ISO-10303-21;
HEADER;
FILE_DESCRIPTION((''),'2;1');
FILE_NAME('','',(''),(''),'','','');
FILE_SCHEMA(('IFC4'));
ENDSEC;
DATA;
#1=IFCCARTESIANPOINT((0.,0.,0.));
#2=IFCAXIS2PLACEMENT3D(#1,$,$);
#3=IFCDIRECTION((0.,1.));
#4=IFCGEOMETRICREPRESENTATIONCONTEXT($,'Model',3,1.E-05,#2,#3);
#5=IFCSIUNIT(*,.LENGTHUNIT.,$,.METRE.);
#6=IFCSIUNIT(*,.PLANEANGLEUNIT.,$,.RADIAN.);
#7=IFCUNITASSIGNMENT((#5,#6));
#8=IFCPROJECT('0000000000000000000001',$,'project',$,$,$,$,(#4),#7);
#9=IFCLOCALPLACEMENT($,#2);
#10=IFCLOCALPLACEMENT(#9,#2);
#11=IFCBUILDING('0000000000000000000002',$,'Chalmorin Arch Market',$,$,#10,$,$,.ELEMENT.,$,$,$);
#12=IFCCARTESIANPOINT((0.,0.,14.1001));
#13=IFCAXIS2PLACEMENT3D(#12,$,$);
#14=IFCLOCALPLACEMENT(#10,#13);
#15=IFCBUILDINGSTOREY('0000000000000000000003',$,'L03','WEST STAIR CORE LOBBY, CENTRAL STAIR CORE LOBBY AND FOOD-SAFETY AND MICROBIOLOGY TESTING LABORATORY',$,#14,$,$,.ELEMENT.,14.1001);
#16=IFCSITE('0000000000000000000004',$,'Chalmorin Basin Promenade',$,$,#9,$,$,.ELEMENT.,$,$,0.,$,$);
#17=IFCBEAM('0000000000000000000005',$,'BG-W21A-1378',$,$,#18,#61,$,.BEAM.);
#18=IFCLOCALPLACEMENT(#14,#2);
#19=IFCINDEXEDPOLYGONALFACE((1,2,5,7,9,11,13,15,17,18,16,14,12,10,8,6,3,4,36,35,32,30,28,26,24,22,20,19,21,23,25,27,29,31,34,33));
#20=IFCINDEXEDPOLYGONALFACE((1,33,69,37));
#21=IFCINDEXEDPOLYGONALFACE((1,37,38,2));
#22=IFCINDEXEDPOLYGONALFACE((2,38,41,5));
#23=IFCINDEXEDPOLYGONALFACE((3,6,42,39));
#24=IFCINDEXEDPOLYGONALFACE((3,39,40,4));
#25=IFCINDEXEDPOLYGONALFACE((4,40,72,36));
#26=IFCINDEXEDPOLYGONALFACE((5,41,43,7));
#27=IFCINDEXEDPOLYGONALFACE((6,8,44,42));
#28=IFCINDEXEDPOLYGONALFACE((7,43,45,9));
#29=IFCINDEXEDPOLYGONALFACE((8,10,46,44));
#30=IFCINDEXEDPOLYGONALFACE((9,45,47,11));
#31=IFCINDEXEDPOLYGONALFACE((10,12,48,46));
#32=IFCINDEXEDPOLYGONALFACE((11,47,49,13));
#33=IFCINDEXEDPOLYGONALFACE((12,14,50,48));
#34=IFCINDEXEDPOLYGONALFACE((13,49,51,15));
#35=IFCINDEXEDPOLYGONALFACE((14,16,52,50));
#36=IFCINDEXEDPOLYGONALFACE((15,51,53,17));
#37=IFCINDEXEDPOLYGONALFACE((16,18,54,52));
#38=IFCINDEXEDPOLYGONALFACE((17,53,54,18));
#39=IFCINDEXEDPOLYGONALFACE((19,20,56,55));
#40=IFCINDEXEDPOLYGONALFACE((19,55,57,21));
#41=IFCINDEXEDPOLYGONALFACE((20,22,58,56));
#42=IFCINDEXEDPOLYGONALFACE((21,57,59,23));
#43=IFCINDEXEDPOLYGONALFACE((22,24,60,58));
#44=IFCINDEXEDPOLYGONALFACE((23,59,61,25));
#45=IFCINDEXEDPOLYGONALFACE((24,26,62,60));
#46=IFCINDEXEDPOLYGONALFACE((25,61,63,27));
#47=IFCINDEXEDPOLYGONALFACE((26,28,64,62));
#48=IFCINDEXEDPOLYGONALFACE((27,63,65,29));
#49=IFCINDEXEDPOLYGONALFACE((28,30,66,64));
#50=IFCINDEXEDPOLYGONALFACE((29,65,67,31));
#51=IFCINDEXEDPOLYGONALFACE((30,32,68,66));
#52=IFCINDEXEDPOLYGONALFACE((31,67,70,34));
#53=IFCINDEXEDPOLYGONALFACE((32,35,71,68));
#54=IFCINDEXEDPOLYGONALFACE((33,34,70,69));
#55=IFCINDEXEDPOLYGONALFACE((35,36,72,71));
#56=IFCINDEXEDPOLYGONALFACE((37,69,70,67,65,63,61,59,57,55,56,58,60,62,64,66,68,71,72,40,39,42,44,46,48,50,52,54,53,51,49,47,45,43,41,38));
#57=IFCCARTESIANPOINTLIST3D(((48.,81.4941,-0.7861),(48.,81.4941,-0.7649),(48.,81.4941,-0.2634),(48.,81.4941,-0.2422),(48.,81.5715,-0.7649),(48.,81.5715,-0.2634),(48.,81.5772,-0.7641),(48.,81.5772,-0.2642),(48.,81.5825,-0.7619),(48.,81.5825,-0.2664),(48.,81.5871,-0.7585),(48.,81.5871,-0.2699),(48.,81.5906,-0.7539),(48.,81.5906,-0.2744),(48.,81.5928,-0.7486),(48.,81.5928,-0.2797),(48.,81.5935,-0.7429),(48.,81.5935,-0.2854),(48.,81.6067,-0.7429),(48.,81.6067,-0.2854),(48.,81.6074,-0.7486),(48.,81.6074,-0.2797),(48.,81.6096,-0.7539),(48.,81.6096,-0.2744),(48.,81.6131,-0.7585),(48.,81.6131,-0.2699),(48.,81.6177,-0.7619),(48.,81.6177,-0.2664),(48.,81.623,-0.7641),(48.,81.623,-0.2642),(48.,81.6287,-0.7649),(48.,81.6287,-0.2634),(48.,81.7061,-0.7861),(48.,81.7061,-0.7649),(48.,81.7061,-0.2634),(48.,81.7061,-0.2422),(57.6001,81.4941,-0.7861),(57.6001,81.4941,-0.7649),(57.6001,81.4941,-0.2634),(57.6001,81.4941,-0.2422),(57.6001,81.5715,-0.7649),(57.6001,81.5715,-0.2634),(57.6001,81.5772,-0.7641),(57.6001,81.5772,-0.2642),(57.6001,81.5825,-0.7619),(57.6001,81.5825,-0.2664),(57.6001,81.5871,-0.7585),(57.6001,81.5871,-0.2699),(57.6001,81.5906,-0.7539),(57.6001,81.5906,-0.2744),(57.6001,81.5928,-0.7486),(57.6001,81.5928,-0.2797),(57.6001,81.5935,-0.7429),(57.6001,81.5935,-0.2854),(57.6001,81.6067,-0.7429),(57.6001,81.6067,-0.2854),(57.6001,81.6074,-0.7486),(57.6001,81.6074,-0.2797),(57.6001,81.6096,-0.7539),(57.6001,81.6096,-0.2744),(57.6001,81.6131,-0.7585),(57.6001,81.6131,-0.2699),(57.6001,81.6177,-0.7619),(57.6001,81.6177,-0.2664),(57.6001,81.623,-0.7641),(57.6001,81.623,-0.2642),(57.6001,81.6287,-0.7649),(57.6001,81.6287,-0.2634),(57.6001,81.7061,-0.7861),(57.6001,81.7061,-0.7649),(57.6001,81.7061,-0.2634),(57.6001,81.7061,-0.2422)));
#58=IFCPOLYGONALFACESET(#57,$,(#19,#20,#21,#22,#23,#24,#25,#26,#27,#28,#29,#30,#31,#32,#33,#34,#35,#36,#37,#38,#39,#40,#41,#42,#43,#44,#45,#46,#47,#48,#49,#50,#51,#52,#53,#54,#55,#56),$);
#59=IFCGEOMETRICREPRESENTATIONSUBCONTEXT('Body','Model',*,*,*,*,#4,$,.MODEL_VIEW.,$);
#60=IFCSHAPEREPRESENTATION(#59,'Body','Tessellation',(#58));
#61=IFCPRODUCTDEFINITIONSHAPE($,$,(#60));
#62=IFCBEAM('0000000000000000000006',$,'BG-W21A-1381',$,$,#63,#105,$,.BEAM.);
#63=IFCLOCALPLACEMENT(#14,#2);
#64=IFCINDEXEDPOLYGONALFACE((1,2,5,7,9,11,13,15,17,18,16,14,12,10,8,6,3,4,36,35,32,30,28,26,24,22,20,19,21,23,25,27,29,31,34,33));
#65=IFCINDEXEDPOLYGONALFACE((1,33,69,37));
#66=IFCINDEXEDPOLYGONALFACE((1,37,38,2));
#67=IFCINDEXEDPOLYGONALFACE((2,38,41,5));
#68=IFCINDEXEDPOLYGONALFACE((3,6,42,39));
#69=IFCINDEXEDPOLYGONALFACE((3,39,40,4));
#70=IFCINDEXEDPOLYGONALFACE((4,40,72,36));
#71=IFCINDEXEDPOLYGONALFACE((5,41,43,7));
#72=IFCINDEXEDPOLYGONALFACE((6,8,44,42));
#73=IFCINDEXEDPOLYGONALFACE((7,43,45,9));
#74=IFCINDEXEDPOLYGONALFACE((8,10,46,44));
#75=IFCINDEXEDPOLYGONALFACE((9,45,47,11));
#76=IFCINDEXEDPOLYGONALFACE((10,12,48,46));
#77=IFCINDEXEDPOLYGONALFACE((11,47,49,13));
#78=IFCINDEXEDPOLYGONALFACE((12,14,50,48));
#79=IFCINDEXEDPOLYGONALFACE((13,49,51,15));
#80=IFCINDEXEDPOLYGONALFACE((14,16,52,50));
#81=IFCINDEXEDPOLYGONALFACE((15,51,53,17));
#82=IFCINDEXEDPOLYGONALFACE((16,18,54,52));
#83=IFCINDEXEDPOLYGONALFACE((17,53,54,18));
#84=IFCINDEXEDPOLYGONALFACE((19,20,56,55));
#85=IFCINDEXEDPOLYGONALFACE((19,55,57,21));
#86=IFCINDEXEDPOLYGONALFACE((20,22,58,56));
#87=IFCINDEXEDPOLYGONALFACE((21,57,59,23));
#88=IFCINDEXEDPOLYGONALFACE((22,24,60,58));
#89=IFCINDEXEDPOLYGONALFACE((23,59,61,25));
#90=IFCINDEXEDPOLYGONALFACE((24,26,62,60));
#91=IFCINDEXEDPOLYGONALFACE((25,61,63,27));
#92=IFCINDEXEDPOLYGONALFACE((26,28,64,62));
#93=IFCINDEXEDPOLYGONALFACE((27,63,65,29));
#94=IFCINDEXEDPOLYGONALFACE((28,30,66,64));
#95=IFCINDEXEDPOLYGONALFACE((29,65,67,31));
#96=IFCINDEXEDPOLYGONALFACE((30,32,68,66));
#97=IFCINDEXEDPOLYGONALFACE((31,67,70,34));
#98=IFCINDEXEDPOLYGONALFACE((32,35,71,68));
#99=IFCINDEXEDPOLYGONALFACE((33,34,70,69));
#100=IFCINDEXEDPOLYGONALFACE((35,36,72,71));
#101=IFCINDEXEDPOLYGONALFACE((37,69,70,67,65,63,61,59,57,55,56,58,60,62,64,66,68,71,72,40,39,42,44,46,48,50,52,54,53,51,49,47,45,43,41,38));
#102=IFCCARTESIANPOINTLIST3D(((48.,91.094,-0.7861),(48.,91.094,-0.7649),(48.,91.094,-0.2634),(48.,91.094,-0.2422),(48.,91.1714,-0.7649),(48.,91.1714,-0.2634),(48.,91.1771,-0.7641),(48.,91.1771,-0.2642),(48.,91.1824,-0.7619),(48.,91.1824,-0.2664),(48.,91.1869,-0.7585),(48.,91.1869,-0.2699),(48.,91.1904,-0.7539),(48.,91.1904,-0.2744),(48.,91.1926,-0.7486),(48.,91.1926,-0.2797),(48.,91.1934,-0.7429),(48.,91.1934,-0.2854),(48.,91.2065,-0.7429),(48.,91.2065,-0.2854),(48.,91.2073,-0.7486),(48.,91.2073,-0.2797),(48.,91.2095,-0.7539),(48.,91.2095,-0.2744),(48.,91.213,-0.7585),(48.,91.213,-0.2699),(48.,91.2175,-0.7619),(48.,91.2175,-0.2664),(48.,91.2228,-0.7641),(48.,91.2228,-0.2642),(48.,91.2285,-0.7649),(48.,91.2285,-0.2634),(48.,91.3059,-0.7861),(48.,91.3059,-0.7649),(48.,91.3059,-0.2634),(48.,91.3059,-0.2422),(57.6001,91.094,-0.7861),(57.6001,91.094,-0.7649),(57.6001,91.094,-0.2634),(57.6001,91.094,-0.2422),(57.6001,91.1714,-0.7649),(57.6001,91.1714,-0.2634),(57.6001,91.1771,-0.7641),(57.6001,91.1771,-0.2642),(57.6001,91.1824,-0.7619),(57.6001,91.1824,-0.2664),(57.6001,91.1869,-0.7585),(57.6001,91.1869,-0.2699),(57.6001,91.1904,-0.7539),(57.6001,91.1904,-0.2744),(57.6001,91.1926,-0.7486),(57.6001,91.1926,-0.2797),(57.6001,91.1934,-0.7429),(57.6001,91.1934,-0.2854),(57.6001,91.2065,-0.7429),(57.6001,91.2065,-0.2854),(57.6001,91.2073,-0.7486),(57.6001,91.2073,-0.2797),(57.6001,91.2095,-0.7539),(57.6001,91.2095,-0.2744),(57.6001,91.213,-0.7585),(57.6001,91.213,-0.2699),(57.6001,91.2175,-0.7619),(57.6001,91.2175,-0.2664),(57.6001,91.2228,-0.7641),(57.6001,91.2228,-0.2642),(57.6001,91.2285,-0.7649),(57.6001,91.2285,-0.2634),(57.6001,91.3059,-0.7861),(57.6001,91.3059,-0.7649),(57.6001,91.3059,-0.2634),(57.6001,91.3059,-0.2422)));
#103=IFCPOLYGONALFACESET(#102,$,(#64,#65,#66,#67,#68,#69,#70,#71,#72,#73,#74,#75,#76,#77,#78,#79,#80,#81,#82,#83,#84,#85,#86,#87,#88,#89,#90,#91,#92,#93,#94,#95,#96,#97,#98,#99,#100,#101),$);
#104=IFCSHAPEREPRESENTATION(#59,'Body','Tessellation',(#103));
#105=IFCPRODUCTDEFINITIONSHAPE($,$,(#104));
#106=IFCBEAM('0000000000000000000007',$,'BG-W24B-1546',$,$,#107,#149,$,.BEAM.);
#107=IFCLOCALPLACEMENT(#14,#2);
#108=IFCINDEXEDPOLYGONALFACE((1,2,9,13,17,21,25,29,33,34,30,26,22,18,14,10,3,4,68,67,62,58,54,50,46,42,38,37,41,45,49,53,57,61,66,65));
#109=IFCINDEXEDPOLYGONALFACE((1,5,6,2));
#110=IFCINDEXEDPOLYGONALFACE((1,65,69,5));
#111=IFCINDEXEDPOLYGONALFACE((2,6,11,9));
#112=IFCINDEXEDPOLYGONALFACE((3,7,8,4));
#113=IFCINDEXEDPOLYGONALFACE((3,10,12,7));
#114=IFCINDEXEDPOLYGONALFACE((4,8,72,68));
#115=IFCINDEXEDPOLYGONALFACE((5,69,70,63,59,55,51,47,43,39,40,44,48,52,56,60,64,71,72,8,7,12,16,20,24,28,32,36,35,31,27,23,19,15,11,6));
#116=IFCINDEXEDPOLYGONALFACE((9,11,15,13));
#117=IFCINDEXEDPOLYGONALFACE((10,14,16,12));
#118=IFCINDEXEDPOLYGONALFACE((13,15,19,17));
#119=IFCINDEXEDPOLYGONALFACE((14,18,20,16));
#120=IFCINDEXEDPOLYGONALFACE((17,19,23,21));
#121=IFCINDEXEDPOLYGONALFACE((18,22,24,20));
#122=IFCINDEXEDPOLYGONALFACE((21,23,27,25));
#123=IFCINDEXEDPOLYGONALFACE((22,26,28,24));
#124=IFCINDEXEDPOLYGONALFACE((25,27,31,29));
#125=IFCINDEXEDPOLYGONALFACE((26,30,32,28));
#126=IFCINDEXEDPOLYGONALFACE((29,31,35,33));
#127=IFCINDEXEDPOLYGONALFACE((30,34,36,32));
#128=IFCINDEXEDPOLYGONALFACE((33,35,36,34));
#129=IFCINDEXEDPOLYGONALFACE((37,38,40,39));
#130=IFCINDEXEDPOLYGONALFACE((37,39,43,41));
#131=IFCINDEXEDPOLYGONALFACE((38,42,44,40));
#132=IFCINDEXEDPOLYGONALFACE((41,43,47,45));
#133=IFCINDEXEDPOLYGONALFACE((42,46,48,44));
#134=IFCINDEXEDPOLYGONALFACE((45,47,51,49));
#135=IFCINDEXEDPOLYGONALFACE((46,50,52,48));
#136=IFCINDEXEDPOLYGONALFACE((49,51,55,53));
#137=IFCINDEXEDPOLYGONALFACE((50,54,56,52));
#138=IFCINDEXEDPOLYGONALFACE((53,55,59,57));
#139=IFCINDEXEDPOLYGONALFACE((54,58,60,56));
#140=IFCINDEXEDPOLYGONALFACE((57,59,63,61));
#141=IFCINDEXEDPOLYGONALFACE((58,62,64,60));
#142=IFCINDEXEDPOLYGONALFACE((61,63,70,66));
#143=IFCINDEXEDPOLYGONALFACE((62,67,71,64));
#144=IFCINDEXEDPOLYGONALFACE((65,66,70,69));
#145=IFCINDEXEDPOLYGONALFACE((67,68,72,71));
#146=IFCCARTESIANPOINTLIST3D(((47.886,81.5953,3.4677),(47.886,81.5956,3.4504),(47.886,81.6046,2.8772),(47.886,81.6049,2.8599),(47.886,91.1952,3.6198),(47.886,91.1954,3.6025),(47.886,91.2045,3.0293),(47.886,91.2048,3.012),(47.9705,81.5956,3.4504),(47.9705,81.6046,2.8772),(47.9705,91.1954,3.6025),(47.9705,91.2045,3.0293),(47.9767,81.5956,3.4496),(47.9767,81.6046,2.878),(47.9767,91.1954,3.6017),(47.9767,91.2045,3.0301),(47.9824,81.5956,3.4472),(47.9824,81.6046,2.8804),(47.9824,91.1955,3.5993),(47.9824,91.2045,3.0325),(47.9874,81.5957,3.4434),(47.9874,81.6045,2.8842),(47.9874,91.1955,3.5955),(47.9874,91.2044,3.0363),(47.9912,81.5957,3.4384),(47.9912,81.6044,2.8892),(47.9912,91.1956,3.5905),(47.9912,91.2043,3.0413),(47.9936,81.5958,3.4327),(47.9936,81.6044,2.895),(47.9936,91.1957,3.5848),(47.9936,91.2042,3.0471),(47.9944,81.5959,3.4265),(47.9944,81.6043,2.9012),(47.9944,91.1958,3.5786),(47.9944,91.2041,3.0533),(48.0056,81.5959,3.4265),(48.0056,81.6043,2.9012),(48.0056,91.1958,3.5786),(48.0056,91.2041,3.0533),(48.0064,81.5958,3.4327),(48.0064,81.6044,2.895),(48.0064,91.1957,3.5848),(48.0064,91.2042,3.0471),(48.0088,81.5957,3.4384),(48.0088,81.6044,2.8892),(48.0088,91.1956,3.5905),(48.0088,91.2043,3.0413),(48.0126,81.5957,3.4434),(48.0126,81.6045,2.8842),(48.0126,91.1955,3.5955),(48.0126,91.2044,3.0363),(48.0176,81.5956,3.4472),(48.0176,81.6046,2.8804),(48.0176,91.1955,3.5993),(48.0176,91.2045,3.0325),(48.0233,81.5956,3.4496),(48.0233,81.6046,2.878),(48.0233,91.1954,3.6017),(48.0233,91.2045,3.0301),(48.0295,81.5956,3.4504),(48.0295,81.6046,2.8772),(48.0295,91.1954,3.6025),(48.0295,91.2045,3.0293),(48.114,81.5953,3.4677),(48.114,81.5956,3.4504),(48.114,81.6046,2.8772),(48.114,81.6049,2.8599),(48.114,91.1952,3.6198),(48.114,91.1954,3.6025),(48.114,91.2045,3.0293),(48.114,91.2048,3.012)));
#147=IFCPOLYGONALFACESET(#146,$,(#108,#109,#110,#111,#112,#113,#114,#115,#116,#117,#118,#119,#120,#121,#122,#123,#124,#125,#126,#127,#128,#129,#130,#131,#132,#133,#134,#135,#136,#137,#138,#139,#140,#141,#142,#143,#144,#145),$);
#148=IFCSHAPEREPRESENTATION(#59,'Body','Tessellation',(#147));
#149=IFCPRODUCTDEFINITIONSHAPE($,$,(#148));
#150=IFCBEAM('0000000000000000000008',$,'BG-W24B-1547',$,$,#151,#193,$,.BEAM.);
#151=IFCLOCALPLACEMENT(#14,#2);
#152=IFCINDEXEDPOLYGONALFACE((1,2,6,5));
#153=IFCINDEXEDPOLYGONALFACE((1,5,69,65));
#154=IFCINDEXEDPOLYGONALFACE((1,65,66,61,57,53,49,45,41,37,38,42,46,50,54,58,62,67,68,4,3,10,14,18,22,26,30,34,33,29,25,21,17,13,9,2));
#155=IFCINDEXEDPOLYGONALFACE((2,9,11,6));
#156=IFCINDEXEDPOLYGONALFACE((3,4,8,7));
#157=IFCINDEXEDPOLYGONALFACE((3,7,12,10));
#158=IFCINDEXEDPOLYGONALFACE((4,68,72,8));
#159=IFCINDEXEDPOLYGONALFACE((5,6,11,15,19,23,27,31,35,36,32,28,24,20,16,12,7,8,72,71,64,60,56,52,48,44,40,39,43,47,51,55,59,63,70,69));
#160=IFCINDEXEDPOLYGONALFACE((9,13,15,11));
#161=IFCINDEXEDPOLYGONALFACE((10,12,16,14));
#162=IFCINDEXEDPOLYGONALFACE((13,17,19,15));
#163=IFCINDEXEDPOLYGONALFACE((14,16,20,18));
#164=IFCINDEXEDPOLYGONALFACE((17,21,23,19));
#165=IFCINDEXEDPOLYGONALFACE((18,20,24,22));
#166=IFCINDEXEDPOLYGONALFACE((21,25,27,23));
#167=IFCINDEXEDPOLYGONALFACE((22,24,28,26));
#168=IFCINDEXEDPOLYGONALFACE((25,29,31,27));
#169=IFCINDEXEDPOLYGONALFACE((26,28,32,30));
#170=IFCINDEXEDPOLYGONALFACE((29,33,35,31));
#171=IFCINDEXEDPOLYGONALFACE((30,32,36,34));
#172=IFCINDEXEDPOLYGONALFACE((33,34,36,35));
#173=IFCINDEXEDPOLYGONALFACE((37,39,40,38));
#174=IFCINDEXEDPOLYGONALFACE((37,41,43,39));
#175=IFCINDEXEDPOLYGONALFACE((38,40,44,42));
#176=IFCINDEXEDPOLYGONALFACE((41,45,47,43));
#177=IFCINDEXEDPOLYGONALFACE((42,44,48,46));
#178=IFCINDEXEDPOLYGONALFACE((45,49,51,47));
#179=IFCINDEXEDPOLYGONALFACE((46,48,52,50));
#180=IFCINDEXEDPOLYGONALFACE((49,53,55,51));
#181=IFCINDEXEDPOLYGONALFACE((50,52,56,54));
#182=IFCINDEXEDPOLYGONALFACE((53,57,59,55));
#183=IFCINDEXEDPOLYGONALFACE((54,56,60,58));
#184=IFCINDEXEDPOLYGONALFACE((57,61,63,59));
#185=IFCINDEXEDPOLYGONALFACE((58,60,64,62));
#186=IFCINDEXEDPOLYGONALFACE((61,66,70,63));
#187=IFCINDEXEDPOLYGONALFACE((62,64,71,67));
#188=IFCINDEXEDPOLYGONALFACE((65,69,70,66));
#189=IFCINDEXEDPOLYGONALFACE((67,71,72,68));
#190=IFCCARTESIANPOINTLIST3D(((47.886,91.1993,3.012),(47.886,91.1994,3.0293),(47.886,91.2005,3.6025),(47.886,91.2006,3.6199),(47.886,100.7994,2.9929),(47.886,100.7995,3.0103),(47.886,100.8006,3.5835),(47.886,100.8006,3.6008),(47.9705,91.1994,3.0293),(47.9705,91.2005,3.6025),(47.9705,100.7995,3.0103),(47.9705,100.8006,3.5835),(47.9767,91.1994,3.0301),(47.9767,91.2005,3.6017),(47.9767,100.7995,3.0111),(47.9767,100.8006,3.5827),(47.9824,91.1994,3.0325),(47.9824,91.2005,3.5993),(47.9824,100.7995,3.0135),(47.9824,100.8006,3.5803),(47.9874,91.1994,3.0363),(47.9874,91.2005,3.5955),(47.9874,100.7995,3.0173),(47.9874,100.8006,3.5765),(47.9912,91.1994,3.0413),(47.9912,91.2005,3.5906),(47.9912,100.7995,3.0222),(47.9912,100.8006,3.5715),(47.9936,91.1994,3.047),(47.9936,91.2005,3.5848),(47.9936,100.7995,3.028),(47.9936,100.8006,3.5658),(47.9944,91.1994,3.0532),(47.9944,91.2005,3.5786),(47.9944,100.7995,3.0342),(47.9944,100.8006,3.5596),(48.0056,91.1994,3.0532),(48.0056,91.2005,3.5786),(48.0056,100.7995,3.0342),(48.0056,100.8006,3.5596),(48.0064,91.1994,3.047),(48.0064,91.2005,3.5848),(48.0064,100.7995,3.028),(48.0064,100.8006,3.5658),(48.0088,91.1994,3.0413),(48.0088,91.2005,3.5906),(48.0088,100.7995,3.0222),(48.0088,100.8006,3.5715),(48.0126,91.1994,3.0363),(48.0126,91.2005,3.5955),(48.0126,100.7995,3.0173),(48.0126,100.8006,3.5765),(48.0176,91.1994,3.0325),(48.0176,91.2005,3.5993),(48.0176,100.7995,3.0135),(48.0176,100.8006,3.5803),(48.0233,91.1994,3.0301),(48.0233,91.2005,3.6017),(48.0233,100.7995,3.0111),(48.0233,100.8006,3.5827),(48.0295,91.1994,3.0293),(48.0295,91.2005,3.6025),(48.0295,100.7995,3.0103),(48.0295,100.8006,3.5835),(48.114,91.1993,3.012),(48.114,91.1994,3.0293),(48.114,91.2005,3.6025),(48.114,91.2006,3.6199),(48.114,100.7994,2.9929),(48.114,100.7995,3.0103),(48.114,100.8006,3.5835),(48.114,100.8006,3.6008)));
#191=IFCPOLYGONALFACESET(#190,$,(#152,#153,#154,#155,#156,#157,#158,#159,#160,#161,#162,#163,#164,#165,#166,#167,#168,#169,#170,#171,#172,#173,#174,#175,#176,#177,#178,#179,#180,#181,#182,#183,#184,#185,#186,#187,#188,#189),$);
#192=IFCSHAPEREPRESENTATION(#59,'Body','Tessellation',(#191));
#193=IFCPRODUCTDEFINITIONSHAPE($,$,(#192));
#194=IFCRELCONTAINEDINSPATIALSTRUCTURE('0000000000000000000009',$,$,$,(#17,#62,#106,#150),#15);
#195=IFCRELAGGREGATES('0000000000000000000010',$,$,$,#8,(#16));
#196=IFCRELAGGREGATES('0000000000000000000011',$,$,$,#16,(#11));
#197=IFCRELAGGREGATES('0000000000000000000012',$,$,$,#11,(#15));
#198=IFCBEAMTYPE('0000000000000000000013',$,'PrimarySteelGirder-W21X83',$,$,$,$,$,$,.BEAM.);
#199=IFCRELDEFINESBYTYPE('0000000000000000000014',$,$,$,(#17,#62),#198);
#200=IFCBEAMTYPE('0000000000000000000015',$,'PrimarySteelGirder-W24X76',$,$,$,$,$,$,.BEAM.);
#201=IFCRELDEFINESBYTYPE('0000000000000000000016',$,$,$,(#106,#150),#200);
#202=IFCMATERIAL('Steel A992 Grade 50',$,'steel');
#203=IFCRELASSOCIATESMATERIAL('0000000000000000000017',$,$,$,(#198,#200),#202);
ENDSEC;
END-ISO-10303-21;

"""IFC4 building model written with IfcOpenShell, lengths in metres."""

from ifc_helpers import new_model, si_unit, direction, frame, origin, origin_2d, place, context, subcontext, project, spatial, i_section, extrude, material, material_profile, profile_set, type_object, element, save


model = new_model("IFC4")

# Units and contexts
model_context = context("Model", 3, precision=1e-05, world=origin(), true_north=direction((0.0, 1.0)))
body_context = subcontext(model_context, "Body", "Model", "MODEL_VIEW")
ifc_project = project(units=[si_unit("LENGTHUNIT", "METRE"), si_unit("PLANEANGLEUNIT", "RADIAN")], contexts=[model_context])

# Site, building, storey
site_placement = place(None, origin())
site = spatial("IfcSite", under=ifc_project, at=site_placement, Name="Chalmorin Basin Promenade", CompositionType="ELEMENT", RefElevation=0.0)
building_placement = place(site_placement, origin())
building = spatial("IfcBuilding", under=site, at=building_placement, Name="Chalmorin Arch Market", CompositionType="ELEMENT")
storey_placement = place(building_placement, frame((0.0, 0.0, 14.1001)))
storey = spatial("IfcBuildingStorey", under=building, at=storey_placement, Name="L03", Description="WEST STAIR CORE LOBBY, CENTRAL STAIR CORE LOBBY AND FOOD-SAFETY AND MICROBIOLOGY TESTING LABORATORY", CompositionType="ELEMENT", Elevation=14.1001)

# Beams
ifc_material_1 = material(Name="Steel A992 Grade 50", Category="steel")
ifc_material_profile_1 = material_profile(ifc_material_1, i_section(OverallWidth=0.2119, OverallDepth=0.5439, WebThickness=0.0132, FlangeThickness=0.0212, FilletRadius=0.022, at=origin_2d()), Name="W21X83")
ifc_profile_set_1 = profile_set([ifc_material_profile_1], Name="Steel A992 Grade 50")
beam_type_1 = type_object("IfcBeamType", Name="PrimarySteelGirder-W21X83", PredefinedType="BEAM", material=ifc_profile_set_1)
for number, where, z_axis, x_axis, name in (
    (1, (48.0, 81.6001, -0.5142), (1.0, 0.0, 0.0), (0.0, 1.0, 0.0), "BG-W21A-1378"),
    (2, (48.0, 91.2, -0.5142), (1.0, 0.0, 0.0), (0.0, 1.0, 0.0), "BG-W21A-1381"),
):
    element("IfcBeam", number, at=place(storey_placement, frame(where, z_axis=z_axis, x_axis=x_axis)), inside=storey, type_object=beam_type_1, Name=name, PredefinedType="BEAM", context=body_context, shape_type="SweptSolid", body=[
        extrude(i_section(OverallWidth=0.2119, OverallDepth=0.5439, WebThickness=0.0132, FlangeThickness=0.0212, FilletRadius=0.022, at=origin_2d()), origin(), (0.0, 0.0, 1.0), 9.6001),
    ])
ifc_material_profile_2 = material_profile(ifc_material_1, i_section(OverallWidth=0.228, OverallDepth=0.6079, WebThickness=0.0112, FlangeThickness=0.0173, FilletRadius=0.0239, at=origin_2d()), Name="W24X76")
ifc_profile_set_2 = profile_set([ifc_material_profile_2], Name="Steel A992 Grade 50")
beam_type_2 = type_object("IfcBeamType", Name="PrimarySteelGirder-W24X76", PredefinedType="BEAM", material=ifc_profile_set_2)
beam_1_placement = place(storey_placement, frame((48.0, 81.6001, 3.1638), z_axis=(0.0, 0.999875, 0.015842), x_axis=(-1.0, 0.0, 0.0)))
element("IfcBeam", 3, at=beam_1_placement, inside=storey, type_object=beam_type_2, Name="BG-W24B-1546", PredefinedType="BEAM", context=body_context, shape_type="SweptSolid", body=[
    extrude(i_section(OverallWidth=0.228, OverallDepth=0.6079, WebThickness=0.0112, FlangeThickness=0.0173, FilletRadius=0.0239, at=origin_2d()), origin(), (0.0, 0.0, 1.0), 9.6011),
])
beam_2_placement = place(storey_placement, frame((48.0, 91.2, 3.3159), z_axis=(0.0, 0.999998, -0.001984), x_axis=(-1.0, 0.0, 0.0)))
element("IfcBeam", 4, at=beam_2_placement, inside=storey, type_object=beam_type_2, Name="BG-W24B-1547", PredefinedType="BEAM", context=body_context, shape_type="SweptSolid", body=[
    extrude(i_section(OverallWidth=0.228, OverallDepth=0.6079, WebThickness=0.0112, FlangeThickness=0.0173, FilletRadius=0.0239, at=origin_2d()), origin(), (0.0, 0.0, 1.0), 9.6001),
])

save(model, "model.ifc")
